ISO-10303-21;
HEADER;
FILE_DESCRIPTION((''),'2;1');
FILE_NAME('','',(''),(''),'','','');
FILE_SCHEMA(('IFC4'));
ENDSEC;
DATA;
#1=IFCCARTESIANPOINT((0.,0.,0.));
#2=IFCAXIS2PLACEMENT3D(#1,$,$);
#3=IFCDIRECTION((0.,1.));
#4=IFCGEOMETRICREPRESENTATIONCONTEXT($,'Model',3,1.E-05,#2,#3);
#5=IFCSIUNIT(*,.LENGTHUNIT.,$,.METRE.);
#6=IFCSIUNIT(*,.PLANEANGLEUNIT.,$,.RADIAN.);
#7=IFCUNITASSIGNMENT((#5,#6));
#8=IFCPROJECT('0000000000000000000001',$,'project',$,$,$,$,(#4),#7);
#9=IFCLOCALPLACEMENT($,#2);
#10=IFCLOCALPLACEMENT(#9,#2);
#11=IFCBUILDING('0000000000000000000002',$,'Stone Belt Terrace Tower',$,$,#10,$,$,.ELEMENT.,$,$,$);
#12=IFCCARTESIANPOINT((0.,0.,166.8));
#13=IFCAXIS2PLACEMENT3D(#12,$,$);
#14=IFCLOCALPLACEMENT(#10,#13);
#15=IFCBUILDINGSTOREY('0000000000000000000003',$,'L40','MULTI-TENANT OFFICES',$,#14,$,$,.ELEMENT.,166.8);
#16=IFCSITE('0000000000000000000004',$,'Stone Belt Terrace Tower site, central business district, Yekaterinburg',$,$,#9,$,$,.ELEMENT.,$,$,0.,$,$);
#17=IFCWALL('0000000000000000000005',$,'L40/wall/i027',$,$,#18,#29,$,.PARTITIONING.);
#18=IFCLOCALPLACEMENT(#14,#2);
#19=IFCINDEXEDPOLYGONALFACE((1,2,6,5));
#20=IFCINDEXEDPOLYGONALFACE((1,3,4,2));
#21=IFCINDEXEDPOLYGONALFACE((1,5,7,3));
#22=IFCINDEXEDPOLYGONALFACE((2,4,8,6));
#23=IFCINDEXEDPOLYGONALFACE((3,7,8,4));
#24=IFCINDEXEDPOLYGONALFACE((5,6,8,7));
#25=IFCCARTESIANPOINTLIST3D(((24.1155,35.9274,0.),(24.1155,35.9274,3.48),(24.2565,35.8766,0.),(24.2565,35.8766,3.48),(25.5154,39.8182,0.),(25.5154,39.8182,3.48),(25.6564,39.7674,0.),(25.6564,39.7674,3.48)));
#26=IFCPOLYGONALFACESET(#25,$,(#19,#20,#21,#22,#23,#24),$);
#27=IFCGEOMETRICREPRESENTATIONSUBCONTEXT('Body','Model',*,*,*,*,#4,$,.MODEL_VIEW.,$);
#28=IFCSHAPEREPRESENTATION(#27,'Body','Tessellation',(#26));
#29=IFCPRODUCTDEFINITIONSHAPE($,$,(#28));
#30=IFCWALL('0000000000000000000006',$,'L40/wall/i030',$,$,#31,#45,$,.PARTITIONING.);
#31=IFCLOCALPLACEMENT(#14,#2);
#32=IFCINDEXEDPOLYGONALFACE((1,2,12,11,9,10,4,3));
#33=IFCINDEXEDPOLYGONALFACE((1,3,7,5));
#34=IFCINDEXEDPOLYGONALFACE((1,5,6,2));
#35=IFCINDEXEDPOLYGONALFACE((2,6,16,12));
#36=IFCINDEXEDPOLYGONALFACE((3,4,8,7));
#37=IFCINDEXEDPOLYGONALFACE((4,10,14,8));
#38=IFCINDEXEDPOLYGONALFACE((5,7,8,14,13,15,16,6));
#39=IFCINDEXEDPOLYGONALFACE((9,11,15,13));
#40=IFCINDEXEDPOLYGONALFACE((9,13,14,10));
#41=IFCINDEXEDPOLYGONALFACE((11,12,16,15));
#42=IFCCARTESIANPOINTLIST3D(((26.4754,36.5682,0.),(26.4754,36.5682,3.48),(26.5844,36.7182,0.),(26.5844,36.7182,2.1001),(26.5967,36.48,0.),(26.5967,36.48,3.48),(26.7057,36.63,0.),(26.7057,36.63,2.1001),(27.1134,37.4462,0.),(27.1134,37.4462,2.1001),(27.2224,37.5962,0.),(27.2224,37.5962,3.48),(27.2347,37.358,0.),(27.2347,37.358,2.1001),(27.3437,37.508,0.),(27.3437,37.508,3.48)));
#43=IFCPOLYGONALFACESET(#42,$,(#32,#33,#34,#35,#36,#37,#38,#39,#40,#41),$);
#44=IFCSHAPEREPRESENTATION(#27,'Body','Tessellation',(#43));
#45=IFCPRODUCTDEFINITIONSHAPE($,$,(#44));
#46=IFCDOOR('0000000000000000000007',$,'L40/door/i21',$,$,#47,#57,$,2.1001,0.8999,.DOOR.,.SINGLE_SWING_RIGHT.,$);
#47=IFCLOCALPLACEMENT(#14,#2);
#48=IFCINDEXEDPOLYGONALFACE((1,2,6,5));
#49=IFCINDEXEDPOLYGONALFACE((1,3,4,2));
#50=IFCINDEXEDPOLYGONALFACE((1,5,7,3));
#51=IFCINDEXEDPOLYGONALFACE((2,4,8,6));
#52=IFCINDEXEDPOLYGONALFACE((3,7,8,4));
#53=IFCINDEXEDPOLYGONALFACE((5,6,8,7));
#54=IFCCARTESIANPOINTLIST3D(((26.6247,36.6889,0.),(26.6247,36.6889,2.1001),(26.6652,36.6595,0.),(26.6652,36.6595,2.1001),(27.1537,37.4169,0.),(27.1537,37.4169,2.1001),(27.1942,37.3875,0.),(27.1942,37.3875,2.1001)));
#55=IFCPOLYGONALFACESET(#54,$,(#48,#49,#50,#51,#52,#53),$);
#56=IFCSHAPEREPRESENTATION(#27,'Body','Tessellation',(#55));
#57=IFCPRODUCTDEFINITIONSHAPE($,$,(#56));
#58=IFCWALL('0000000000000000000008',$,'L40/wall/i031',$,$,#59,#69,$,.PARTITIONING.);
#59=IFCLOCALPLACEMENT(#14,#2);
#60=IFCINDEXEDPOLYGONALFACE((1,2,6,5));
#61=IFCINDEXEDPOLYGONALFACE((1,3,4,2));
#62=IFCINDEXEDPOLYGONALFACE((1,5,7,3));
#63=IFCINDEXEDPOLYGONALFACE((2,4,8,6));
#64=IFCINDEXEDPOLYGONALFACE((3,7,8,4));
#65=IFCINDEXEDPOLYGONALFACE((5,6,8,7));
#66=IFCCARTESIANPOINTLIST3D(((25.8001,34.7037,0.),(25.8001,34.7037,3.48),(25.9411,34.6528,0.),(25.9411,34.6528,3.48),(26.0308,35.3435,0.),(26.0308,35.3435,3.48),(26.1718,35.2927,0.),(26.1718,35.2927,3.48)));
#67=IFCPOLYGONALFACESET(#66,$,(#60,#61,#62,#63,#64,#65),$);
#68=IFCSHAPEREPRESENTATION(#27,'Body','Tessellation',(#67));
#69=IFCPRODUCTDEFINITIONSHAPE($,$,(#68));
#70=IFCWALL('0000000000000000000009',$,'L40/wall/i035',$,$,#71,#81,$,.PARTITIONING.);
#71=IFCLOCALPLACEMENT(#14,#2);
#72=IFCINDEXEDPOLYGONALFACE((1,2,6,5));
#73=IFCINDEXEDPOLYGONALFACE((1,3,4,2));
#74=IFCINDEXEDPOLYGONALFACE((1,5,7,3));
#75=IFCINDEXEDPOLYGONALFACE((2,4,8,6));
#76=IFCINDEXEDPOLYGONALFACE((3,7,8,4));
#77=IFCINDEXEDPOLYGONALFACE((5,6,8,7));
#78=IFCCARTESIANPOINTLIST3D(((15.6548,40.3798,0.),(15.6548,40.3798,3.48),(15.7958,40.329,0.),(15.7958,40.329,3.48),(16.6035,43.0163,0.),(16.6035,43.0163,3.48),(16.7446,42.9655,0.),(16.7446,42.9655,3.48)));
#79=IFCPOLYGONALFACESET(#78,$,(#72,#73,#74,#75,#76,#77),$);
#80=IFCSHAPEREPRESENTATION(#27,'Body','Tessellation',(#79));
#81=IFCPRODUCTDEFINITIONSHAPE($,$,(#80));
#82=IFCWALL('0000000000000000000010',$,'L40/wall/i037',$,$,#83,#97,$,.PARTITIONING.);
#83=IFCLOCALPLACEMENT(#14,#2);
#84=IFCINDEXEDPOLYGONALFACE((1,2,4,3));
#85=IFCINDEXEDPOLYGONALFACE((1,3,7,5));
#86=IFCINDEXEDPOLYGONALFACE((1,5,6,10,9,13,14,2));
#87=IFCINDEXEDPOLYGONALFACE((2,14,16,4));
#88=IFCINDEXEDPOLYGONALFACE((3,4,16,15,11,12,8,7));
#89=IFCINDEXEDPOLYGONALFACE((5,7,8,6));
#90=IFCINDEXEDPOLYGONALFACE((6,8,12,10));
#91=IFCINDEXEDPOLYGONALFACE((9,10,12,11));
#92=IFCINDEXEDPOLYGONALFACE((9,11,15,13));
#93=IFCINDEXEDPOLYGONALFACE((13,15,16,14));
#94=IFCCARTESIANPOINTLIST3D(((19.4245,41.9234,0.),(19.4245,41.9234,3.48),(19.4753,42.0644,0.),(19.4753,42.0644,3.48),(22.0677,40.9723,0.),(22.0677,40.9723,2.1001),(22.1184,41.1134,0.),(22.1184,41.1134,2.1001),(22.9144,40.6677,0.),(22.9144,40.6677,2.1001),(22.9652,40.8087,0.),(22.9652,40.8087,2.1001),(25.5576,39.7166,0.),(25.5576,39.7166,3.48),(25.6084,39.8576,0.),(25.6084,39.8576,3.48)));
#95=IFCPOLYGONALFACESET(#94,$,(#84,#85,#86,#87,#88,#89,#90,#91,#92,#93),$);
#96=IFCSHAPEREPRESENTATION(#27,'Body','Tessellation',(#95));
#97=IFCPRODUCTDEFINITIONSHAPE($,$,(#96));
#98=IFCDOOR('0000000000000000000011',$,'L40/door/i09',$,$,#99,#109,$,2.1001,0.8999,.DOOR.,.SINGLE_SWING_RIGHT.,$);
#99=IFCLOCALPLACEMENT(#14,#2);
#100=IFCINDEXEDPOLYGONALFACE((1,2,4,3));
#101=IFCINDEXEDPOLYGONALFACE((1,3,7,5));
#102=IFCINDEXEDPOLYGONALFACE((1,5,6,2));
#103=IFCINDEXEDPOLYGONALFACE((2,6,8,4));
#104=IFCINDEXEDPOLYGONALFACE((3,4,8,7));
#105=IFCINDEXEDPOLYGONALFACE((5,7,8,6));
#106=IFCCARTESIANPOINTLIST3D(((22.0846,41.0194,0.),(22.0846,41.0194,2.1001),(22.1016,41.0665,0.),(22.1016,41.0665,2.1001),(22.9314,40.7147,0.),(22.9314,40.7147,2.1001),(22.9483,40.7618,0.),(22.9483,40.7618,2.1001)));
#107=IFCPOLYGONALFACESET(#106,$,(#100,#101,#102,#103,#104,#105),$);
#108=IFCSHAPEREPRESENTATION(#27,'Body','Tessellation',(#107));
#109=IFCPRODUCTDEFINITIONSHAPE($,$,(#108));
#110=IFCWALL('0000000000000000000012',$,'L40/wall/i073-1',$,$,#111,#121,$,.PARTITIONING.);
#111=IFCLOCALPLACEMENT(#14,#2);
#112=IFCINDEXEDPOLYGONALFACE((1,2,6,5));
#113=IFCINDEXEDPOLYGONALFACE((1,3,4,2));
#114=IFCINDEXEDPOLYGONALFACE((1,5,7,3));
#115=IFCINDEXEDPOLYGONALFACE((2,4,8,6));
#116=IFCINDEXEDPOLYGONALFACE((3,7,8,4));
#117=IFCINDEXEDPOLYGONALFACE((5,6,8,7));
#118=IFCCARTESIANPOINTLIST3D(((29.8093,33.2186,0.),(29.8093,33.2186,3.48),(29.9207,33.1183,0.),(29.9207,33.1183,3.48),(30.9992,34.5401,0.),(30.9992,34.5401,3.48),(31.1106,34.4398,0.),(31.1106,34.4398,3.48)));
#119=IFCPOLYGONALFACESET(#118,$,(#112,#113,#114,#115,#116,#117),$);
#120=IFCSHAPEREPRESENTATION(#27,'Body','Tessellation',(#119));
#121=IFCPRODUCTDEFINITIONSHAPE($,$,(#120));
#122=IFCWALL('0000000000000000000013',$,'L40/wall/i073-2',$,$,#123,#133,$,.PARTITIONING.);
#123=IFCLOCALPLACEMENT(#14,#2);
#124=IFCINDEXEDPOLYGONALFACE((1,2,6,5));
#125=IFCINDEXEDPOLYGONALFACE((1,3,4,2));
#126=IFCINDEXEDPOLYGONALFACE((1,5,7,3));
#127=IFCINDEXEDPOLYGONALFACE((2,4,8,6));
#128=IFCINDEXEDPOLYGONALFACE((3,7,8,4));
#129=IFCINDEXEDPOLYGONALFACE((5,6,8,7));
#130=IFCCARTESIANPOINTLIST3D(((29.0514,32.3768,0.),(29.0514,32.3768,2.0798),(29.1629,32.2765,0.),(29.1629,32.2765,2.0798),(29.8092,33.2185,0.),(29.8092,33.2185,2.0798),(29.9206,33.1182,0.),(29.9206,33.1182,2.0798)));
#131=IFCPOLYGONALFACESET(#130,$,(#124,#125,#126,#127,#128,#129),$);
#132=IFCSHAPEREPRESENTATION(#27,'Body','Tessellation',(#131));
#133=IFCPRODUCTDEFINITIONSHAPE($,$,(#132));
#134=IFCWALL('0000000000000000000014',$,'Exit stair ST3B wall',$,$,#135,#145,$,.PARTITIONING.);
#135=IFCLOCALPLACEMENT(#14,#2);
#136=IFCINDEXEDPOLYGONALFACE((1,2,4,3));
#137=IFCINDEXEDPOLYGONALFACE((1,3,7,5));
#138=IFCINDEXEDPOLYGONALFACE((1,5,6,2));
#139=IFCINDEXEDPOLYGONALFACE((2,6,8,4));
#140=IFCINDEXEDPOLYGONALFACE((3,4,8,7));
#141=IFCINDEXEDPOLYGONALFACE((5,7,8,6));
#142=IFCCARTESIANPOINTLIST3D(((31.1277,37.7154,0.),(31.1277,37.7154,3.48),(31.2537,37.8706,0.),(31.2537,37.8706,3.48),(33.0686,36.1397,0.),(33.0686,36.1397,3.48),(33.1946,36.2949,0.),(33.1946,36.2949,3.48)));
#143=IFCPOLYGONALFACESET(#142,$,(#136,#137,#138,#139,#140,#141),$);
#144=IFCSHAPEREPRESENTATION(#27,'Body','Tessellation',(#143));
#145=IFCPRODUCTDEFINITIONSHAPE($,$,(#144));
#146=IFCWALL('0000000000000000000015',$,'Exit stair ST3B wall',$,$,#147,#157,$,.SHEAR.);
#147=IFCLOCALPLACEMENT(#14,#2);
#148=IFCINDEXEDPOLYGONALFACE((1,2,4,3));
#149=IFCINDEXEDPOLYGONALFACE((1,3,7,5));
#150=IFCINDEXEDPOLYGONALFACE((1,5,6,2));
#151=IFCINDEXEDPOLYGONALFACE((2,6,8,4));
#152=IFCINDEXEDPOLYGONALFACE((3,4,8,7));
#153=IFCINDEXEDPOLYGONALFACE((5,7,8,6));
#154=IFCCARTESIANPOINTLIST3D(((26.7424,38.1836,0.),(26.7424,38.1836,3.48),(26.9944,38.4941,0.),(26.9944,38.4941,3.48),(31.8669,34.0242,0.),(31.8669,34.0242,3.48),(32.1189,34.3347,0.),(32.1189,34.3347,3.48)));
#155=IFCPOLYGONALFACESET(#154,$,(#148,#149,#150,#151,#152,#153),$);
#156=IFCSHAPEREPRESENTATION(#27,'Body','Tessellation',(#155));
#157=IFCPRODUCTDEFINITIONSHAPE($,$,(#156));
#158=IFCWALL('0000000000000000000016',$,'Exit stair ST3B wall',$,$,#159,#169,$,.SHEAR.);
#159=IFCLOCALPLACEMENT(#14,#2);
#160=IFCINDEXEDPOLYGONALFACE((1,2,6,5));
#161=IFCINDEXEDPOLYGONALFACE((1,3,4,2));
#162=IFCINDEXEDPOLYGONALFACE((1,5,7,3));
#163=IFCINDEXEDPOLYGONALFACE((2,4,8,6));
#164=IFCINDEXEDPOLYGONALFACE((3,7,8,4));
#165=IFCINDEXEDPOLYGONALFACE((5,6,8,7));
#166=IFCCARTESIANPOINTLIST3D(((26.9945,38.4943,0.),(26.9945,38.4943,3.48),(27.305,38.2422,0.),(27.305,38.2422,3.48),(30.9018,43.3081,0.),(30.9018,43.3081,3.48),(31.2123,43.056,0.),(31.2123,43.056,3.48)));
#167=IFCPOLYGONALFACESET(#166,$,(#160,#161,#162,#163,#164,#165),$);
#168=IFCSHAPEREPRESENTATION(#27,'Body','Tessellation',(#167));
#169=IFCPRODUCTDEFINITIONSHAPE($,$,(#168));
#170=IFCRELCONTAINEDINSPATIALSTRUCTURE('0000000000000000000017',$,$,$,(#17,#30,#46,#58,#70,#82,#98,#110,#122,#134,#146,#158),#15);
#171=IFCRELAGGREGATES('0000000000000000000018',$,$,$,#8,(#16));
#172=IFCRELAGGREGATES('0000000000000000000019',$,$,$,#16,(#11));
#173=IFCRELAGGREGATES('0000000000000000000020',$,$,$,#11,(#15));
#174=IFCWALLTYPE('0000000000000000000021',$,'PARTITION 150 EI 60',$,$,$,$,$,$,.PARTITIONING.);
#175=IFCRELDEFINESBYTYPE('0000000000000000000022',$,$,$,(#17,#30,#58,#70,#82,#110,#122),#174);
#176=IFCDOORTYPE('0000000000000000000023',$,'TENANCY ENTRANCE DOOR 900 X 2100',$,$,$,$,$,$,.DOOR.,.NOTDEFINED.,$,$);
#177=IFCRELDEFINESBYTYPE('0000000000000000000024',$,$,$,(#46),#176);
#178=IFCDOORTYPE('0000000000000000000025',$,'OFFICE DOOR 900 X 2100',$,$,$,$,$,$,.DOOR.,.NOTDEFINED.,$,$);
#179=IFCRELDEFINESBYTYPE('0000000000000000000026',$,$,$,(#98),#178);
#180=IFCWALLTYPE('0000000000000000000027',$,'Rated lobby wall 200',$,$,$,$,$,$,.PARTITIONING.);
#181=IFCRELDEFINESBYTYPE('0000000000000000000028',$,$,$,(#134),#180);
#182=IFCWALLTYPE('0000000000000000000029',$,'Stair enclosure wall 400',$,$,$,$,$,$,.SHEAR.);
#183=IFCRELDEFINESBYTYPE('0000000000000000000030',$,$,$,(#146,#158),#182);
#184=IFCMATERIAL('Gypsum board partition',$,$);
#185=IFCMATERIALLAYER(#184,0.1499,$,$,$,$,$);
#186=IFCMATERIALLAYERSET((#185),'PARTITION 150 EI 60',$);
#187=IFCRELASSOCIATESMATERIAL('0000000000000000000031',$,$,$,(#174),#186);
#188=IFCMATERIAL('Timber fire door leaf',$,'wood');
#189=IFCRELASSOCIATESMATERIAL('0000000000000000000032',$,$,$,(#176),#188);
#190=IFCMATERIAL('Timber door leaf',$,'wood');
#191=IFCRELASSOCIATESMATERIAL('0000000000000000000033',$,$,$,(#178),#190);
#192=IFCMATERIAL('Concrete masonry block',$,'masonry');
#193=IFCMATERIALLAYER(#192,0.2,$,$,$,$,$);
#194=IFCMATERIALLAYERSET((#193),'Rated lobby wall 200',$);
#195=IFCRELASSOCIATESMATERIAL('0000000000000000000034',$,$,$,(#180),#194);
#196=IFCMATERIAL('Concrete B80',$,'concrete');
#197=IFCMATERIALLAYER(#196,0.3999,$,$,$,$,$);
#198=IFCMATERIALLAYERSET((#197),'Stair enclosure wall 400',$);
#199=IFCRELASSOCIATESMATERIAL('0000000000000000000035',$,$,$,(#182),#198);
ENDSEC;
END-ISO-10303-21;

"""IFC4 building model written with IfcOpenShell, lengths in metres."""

from ifc_helpers import new_model, si_unit, direction, frame, frame_2d, origin, place, context, subcontext, project, spatial, rectangle, extrude, material, layer, layer_set, type_object, element, fill, save


model = new_model("IFC4")

# Units and contexts
model_context = context("Model", 3, precision=1e-05, world=origin(), true_north=direction((0.0, 1.0)))
body_context = subcontext(model_context, "Body", "Model", "MODEL_VIEW")
ifc_project = project(units=[si_unit("LENGTHUNIT", "METRE"), si_unit("PLANEANGLEUNIT", "RADIAN")], contexts=[model_context])

# Site, building, storey
site_placement = place(None, origin())
site = spatial("IfcSite", under=ifc_project, at=site_placement, Name="Stone Belt Terrace Tower site, central business district, Yekaterinburg", CompositionType="ELEMENT", RefElevation=0.0)
building_placement = place(site_placement, origin())
building = spatial("IfcBuilding", under=site, at=building_placement, Name="Stone Belt Terrace Tower", CompositionType="ELEMENT")
storey_placement = place(building_placement, frame((0.0, 0.0, 166.8)))
storey = spatial("IfcBuildingStorey", under=building, at=storey_placement, Name="L40", Description="MULTI-TENANT OFFICES", CompositionType="ELEMENT", Elevation=166.8)

# Shared definitions
ifc_material_1 = material(Name="Concrete B80", Category="concrete")

# Wall
ifc_material_2 = material(Name="Gypsum board partition")
ifc_layer_1 = layer(ifc_material_2, 0.1499)
ifc_layer_set_1 = layer_set([ifc_layer_1], Name="PARTITION 150 EI 60")
wall_type_1 = type_object("IfcWallType", Name="PARTITION 150 EI 60", PredefinedType="PARTITIONING", material=ifc_layer_set_1)
wall_1_placement = place(storey_placement, frame((24.186, 35.9021, 0.0), z_axis=(0.0, 0.0, 1.0), x_axis=(0.338546, 0.94095, 0.0)))
element("IfcWall", 1, at=wall_1_placement, inside=storey, type_object=wall_type_1, Name="L40/wall/i027", PredefinedType="PARTITIONING", context=body_context, shape_type="SweptSolid", body=[
    extrude(rectangle(XDim=4.135, YDim=0.1499, at=frame_2d((2.0674, 0.0))), origin(), (0.0, 0.0, 1.0), 3.48),
])

# Wall, opening, door
wall_2_placement = place(storey_placement, frame((27.283, 37.552, 0.0), z_axis=(0.0, 0.0, 1.0), x_axis=(-0.587852, -0.808969, 0.0)))
wall_2 = element("IfcWall", 2, at=wall_2_placement, inside=storey, type_object=wall_type_1, Name="L40/wall/i030", PredefinedType="PARTITIONING", context=body_context, shape_type="SweptSolid", body=[
    extrude(rectangle(XDim=1.2708, YDim=0.1499, at=frame_2d((0.6353, 0.0))), origin(), (0.0, 0.0, 1.0), 3.48),
])
opening_1_placement = place(wall_2_placement, frame((0.1853, 0.0, 0.0)))
opening_1 = element("IfcOpeningElement", 3, at=opening_1_placement, cuts=wall_2, PredefinedType="OPENING", context=body_context, shape_type="SweptSolid", body=[
    extrude(rectangle(XDim=0.8999, YDim=2.1001, at=frame_2d((0.45, 1.05))), frame((0.0, 0.085, 0.0), z_axis=(0.0, -1.0, 0.0), x_axis=(1.0, 0.0, 0.0)), (0.0, 0.0, 1.0), 0.1699),
])
ifc_material_3 = material(Name="Timber fire door leaf", Category="wood")
door_type_1 = type_object("IfcDoorType", Name="TENANCY ENTRANCE DOOR 900 X 2100", OperationType="NOTDEFINED", PredefinedType="DOOR", material=ifc_material_3)
door_1_placement = place(opening_1_placement, origin())
door_1 = element("IfcDoor", 4, at=door_1_placement, inside=storey, type_object=door_type_1, Name="L40/door/i21", OperationType="SINGLE_SWING_RIGHT", OverallHeight=2.1001, OverallWidth=0.8999, PredefinedType="DOOR", context=body_context, shape_type="SweptSolid", body=[
    extrude(rectangle(XDim=0.8999, YDim=2.1001, at=frame_2d((0.45, 1.05))), frame((0.0, 0.0249, 0.0), z_axis=(0.0, -1.0, 0.0), x_axis=(1.0, 0.0, 0.0)), (0.0, 0.0, 1.0), 0.05),
])
fill(opening_1, door_1)

# Walls
wall_3_placement = place(storey_placement, frame((26.1013, 35.3181, 0.0), z_axis=(0.0, 0.0, 1.0), x_axis=(-0.339177, -0.940723, 0.0)))
element("IfcWall", 5, at=wall_3_placement, inside=storey, type_object=wall_type_1, Name="L40/wall/i031", PredefinedType="PARTITIONING", context=body_context, shape_type="SweptSolid", body=[
    extrude(rectangle(XDim=0.6802, YDim=0.1499, at=frame_2d((0.3401, 0.0))), origin(), (0.0, 0.0, 1.0), 3.48),
])
wall_4_placement = place(storey_placement, frame((15.7253, 40.3545, 0.0), z_axis=(0.0, 0.0, 1.0), x_axis=(0.338593, 0.940933, 0.0)))
element("IfcWall", 6, at=wall_4_placement, inside=storey, type_object=wall_type_1, Name="L40/wall/i035", PredefinedType="PARTITIONING", context=body_context, shape_type="SweptSolid", body=[
    extrude(rectangle(XDim=2.802, YDim=0.1499, at=frame_2d((1.4009, 0.0))), origin(), (0.0, 0.0, 1.0), 3.48),
])

# Wall, opening, door
wall_5_placement = place(storey_placement, frame((25.583, 39.7871, 0.0), z_axis=(0.0, 0.0, 1.0), x_axis=(-0.940942, 0.338568, 0.0)))
wall_5 = element("IfcWall", 7, at=wall_5_placement, inside=storey, type_object=wall_type_1, Name="L40/wall/i037", PredefinedType="PARTITIONING", context=body_context, shape_type="SweptSolid", body=[
    extrude(rectangle(XDim=6.5181, YDim=0.1499, at=frame_2d((3.259, 0.0))), origin(), (0.0, 0.0, 1.0), 3.48),
])
opening_2_placement = place(wall_5_placement, frame((2.8091, 0.0, 0.0)))
opening_2 = element("IfcOpeningElement", 8, at=opening_2_placement, cuts=wall_5, PredefinedType="OPENING", context=body_context, shape_type="SweptSolid", body=[
    extrude(rectangle(XDim=0.8999, YDim=2.1001, at=frame_2d((0.45, 1.05))), frame((0.0, 0.085, 0.0), z_axis=(0.0, -1.0, 0.0), x_axis=(1.0, 0.0, 0.0)), (0.0, 0.0, 1.0), 0.1699),
])
ifc_material_4 = material(Name="Timber door leaf", Category="wood")
door_type_2 = type_object("IfcDoorType", Name="OFFICE DOOR 900 X 2100", OperationType="NOTDEFINED", PredefinedType="DOOR", material=ifc_material_4)
door_2_placement = place(opening_2_placement, origin())
door_2 = element("IfcDoor", 9, at=door_2_placement, inside=storey, type_object=door_type_2, Name="L40/door/i09", OperationType="SINGLE_SWING_RIGHT", OverallHeight=2.1001, OverallWidth=0.8999, PredefinedType="DOOR", context=body_context, shape_type="SweptSolid", body=[
    extrude(rectangle(XDim=0.8999, YDim=2.1001, at=frame_2d((0.45, 1.05))), frame((0.0, 0.0249, 0.0), z_axis=(0.0, -1.0, 0.0), x_axis=(1.0, 0.0, 0.0)), (0.0, 0.0, 1.0), 0.05),
])
fill(opening_2, door_2)

# Walls
wall_6_placement = place(storey_placement, frame((31.0549, 34.49, 0.0), z_axis=(0.0, 0.0, 1.0), x_axis=(-0.669139, -0.743137, 0.0)))
element("IfcWall", 10, at=wall_6_placement, inside=storey, type_object=wall_type_1, Name="L40/wall/i073-1", PredefinedType="PARTITIONING", context=body_context, shape_type="SweptSolid", body=[
    extrude(rectangle(XDim=1.7783, YDim=0.1499, at=frame_2d((0.8892, 0.0))), origin(), (0.0, 0.0, 1.0), 3.48),
])
wall_7_placement = place(storey_placement, frame((29.865, 33.1685, 0.0), z_axis=(0.0, 0.0, 1.0), x_axis=(-0.66906, -0.743208, 0.0)))
element("IfcWall", 11, at=wall_7_placement, inside=storey, type_object=wall_type_1, Name="L40/wall/i073-2", PredefinedType="PARTITIONING", context=body_context, shape_type="SweptSolid", body=[
    extrude(rectangle(XDim=1.1326, YDim=0.1499, at=frame_2d((0.5664, 0.0))), origin(), (0.0, 0.0, 1.0), 2.0798),
])
ifc_material_5 = material(Name="Concrete masonry block", Category="masonry")
ifc_layer_2 = layer(ifc_material_5, 0.2)
ifc_layer_set_2 = layer_set([ifc_layer_2], Name="Rated lobby wall 200")
wall_type_2 = type_object("IfcWallType", Name="Rated lobby wall 200", PredefinedType="PARTITIONING", material=ifc_layer_set_2)
wall_8_placement = place(storey_placement, frame((31.1907, 37.793, 0.0), z_axis=(0.0, 0.0, 1.0), x_axis=(0.776371, -0.630276, 0.0)))
element("IfcWall", 12, at=wall_8_placement, inside=storey, type_object=wall_type_2, Name="Exit stair ST3B wall", PredefinedType="PARTITIONING", context=body_context, shape_type="SweptSolid", body=[
    extrude(rectangle(XDim=2.5, YDim=0.2, at=frame_2d((1.25, 0.0))), origin(), (0.0, 0.0, 1.0), 3.48),
])
ifc_layer_3 = layer(ifc_material_1, 0.3999)
ifc_layer_set_3 = layer_set([ifc_layer_3], Name="Stair enclosure wall 400")
wall_type_3 = type_object("IfcWallType", Name="Stair enclosure wall 400", PredefinedType="SHEAR", material=ifc_layer_set_3)
wall_9_placement = place(storey_placement, frame((26.8684, 38.3389, 0.0), z_axis=(0.0, 0.0, 1.0), x_axis=(0.776428, -0.630205, 0.0)))
element("IfcWall", 13, at=wall_9_placement, inside=storey, type_object=wall_type_3, Name="Exit stair ST3B wall", PredefinedType="SHEAR", context=body_context, shape_type="SweptSolid", body=[
    extrude(rectangle(XDim=6.6001, YDim=0.3999, at=frame_2d((3.3, 0.0))), origin(), (0.0, 0.0, 1.0), 3.48),
])
wall_10_placement = place(storey_placement, frame((27.1497, 38.3682, 0.0), z_axis=(0.0, 0.0, 1.0), x_axis=(0.630212, 0.776423, 0.0)))
element("IfcWall", 14, at=wall_10_placement, inside=storey, type_object=wall_type_3, Name="Exit stair ST3B wall", PredefinedType="SHEAR", context=body_context, shape_type="SweptSolid", body=[
    extrude(rectangle(XDim=6.2, YDim=0.3999, at=frame_2d((3.1001, 0.0))), origin(), (0.0, 0.0, 1.0), 3.48),
])

save(model, "model.ifc")
